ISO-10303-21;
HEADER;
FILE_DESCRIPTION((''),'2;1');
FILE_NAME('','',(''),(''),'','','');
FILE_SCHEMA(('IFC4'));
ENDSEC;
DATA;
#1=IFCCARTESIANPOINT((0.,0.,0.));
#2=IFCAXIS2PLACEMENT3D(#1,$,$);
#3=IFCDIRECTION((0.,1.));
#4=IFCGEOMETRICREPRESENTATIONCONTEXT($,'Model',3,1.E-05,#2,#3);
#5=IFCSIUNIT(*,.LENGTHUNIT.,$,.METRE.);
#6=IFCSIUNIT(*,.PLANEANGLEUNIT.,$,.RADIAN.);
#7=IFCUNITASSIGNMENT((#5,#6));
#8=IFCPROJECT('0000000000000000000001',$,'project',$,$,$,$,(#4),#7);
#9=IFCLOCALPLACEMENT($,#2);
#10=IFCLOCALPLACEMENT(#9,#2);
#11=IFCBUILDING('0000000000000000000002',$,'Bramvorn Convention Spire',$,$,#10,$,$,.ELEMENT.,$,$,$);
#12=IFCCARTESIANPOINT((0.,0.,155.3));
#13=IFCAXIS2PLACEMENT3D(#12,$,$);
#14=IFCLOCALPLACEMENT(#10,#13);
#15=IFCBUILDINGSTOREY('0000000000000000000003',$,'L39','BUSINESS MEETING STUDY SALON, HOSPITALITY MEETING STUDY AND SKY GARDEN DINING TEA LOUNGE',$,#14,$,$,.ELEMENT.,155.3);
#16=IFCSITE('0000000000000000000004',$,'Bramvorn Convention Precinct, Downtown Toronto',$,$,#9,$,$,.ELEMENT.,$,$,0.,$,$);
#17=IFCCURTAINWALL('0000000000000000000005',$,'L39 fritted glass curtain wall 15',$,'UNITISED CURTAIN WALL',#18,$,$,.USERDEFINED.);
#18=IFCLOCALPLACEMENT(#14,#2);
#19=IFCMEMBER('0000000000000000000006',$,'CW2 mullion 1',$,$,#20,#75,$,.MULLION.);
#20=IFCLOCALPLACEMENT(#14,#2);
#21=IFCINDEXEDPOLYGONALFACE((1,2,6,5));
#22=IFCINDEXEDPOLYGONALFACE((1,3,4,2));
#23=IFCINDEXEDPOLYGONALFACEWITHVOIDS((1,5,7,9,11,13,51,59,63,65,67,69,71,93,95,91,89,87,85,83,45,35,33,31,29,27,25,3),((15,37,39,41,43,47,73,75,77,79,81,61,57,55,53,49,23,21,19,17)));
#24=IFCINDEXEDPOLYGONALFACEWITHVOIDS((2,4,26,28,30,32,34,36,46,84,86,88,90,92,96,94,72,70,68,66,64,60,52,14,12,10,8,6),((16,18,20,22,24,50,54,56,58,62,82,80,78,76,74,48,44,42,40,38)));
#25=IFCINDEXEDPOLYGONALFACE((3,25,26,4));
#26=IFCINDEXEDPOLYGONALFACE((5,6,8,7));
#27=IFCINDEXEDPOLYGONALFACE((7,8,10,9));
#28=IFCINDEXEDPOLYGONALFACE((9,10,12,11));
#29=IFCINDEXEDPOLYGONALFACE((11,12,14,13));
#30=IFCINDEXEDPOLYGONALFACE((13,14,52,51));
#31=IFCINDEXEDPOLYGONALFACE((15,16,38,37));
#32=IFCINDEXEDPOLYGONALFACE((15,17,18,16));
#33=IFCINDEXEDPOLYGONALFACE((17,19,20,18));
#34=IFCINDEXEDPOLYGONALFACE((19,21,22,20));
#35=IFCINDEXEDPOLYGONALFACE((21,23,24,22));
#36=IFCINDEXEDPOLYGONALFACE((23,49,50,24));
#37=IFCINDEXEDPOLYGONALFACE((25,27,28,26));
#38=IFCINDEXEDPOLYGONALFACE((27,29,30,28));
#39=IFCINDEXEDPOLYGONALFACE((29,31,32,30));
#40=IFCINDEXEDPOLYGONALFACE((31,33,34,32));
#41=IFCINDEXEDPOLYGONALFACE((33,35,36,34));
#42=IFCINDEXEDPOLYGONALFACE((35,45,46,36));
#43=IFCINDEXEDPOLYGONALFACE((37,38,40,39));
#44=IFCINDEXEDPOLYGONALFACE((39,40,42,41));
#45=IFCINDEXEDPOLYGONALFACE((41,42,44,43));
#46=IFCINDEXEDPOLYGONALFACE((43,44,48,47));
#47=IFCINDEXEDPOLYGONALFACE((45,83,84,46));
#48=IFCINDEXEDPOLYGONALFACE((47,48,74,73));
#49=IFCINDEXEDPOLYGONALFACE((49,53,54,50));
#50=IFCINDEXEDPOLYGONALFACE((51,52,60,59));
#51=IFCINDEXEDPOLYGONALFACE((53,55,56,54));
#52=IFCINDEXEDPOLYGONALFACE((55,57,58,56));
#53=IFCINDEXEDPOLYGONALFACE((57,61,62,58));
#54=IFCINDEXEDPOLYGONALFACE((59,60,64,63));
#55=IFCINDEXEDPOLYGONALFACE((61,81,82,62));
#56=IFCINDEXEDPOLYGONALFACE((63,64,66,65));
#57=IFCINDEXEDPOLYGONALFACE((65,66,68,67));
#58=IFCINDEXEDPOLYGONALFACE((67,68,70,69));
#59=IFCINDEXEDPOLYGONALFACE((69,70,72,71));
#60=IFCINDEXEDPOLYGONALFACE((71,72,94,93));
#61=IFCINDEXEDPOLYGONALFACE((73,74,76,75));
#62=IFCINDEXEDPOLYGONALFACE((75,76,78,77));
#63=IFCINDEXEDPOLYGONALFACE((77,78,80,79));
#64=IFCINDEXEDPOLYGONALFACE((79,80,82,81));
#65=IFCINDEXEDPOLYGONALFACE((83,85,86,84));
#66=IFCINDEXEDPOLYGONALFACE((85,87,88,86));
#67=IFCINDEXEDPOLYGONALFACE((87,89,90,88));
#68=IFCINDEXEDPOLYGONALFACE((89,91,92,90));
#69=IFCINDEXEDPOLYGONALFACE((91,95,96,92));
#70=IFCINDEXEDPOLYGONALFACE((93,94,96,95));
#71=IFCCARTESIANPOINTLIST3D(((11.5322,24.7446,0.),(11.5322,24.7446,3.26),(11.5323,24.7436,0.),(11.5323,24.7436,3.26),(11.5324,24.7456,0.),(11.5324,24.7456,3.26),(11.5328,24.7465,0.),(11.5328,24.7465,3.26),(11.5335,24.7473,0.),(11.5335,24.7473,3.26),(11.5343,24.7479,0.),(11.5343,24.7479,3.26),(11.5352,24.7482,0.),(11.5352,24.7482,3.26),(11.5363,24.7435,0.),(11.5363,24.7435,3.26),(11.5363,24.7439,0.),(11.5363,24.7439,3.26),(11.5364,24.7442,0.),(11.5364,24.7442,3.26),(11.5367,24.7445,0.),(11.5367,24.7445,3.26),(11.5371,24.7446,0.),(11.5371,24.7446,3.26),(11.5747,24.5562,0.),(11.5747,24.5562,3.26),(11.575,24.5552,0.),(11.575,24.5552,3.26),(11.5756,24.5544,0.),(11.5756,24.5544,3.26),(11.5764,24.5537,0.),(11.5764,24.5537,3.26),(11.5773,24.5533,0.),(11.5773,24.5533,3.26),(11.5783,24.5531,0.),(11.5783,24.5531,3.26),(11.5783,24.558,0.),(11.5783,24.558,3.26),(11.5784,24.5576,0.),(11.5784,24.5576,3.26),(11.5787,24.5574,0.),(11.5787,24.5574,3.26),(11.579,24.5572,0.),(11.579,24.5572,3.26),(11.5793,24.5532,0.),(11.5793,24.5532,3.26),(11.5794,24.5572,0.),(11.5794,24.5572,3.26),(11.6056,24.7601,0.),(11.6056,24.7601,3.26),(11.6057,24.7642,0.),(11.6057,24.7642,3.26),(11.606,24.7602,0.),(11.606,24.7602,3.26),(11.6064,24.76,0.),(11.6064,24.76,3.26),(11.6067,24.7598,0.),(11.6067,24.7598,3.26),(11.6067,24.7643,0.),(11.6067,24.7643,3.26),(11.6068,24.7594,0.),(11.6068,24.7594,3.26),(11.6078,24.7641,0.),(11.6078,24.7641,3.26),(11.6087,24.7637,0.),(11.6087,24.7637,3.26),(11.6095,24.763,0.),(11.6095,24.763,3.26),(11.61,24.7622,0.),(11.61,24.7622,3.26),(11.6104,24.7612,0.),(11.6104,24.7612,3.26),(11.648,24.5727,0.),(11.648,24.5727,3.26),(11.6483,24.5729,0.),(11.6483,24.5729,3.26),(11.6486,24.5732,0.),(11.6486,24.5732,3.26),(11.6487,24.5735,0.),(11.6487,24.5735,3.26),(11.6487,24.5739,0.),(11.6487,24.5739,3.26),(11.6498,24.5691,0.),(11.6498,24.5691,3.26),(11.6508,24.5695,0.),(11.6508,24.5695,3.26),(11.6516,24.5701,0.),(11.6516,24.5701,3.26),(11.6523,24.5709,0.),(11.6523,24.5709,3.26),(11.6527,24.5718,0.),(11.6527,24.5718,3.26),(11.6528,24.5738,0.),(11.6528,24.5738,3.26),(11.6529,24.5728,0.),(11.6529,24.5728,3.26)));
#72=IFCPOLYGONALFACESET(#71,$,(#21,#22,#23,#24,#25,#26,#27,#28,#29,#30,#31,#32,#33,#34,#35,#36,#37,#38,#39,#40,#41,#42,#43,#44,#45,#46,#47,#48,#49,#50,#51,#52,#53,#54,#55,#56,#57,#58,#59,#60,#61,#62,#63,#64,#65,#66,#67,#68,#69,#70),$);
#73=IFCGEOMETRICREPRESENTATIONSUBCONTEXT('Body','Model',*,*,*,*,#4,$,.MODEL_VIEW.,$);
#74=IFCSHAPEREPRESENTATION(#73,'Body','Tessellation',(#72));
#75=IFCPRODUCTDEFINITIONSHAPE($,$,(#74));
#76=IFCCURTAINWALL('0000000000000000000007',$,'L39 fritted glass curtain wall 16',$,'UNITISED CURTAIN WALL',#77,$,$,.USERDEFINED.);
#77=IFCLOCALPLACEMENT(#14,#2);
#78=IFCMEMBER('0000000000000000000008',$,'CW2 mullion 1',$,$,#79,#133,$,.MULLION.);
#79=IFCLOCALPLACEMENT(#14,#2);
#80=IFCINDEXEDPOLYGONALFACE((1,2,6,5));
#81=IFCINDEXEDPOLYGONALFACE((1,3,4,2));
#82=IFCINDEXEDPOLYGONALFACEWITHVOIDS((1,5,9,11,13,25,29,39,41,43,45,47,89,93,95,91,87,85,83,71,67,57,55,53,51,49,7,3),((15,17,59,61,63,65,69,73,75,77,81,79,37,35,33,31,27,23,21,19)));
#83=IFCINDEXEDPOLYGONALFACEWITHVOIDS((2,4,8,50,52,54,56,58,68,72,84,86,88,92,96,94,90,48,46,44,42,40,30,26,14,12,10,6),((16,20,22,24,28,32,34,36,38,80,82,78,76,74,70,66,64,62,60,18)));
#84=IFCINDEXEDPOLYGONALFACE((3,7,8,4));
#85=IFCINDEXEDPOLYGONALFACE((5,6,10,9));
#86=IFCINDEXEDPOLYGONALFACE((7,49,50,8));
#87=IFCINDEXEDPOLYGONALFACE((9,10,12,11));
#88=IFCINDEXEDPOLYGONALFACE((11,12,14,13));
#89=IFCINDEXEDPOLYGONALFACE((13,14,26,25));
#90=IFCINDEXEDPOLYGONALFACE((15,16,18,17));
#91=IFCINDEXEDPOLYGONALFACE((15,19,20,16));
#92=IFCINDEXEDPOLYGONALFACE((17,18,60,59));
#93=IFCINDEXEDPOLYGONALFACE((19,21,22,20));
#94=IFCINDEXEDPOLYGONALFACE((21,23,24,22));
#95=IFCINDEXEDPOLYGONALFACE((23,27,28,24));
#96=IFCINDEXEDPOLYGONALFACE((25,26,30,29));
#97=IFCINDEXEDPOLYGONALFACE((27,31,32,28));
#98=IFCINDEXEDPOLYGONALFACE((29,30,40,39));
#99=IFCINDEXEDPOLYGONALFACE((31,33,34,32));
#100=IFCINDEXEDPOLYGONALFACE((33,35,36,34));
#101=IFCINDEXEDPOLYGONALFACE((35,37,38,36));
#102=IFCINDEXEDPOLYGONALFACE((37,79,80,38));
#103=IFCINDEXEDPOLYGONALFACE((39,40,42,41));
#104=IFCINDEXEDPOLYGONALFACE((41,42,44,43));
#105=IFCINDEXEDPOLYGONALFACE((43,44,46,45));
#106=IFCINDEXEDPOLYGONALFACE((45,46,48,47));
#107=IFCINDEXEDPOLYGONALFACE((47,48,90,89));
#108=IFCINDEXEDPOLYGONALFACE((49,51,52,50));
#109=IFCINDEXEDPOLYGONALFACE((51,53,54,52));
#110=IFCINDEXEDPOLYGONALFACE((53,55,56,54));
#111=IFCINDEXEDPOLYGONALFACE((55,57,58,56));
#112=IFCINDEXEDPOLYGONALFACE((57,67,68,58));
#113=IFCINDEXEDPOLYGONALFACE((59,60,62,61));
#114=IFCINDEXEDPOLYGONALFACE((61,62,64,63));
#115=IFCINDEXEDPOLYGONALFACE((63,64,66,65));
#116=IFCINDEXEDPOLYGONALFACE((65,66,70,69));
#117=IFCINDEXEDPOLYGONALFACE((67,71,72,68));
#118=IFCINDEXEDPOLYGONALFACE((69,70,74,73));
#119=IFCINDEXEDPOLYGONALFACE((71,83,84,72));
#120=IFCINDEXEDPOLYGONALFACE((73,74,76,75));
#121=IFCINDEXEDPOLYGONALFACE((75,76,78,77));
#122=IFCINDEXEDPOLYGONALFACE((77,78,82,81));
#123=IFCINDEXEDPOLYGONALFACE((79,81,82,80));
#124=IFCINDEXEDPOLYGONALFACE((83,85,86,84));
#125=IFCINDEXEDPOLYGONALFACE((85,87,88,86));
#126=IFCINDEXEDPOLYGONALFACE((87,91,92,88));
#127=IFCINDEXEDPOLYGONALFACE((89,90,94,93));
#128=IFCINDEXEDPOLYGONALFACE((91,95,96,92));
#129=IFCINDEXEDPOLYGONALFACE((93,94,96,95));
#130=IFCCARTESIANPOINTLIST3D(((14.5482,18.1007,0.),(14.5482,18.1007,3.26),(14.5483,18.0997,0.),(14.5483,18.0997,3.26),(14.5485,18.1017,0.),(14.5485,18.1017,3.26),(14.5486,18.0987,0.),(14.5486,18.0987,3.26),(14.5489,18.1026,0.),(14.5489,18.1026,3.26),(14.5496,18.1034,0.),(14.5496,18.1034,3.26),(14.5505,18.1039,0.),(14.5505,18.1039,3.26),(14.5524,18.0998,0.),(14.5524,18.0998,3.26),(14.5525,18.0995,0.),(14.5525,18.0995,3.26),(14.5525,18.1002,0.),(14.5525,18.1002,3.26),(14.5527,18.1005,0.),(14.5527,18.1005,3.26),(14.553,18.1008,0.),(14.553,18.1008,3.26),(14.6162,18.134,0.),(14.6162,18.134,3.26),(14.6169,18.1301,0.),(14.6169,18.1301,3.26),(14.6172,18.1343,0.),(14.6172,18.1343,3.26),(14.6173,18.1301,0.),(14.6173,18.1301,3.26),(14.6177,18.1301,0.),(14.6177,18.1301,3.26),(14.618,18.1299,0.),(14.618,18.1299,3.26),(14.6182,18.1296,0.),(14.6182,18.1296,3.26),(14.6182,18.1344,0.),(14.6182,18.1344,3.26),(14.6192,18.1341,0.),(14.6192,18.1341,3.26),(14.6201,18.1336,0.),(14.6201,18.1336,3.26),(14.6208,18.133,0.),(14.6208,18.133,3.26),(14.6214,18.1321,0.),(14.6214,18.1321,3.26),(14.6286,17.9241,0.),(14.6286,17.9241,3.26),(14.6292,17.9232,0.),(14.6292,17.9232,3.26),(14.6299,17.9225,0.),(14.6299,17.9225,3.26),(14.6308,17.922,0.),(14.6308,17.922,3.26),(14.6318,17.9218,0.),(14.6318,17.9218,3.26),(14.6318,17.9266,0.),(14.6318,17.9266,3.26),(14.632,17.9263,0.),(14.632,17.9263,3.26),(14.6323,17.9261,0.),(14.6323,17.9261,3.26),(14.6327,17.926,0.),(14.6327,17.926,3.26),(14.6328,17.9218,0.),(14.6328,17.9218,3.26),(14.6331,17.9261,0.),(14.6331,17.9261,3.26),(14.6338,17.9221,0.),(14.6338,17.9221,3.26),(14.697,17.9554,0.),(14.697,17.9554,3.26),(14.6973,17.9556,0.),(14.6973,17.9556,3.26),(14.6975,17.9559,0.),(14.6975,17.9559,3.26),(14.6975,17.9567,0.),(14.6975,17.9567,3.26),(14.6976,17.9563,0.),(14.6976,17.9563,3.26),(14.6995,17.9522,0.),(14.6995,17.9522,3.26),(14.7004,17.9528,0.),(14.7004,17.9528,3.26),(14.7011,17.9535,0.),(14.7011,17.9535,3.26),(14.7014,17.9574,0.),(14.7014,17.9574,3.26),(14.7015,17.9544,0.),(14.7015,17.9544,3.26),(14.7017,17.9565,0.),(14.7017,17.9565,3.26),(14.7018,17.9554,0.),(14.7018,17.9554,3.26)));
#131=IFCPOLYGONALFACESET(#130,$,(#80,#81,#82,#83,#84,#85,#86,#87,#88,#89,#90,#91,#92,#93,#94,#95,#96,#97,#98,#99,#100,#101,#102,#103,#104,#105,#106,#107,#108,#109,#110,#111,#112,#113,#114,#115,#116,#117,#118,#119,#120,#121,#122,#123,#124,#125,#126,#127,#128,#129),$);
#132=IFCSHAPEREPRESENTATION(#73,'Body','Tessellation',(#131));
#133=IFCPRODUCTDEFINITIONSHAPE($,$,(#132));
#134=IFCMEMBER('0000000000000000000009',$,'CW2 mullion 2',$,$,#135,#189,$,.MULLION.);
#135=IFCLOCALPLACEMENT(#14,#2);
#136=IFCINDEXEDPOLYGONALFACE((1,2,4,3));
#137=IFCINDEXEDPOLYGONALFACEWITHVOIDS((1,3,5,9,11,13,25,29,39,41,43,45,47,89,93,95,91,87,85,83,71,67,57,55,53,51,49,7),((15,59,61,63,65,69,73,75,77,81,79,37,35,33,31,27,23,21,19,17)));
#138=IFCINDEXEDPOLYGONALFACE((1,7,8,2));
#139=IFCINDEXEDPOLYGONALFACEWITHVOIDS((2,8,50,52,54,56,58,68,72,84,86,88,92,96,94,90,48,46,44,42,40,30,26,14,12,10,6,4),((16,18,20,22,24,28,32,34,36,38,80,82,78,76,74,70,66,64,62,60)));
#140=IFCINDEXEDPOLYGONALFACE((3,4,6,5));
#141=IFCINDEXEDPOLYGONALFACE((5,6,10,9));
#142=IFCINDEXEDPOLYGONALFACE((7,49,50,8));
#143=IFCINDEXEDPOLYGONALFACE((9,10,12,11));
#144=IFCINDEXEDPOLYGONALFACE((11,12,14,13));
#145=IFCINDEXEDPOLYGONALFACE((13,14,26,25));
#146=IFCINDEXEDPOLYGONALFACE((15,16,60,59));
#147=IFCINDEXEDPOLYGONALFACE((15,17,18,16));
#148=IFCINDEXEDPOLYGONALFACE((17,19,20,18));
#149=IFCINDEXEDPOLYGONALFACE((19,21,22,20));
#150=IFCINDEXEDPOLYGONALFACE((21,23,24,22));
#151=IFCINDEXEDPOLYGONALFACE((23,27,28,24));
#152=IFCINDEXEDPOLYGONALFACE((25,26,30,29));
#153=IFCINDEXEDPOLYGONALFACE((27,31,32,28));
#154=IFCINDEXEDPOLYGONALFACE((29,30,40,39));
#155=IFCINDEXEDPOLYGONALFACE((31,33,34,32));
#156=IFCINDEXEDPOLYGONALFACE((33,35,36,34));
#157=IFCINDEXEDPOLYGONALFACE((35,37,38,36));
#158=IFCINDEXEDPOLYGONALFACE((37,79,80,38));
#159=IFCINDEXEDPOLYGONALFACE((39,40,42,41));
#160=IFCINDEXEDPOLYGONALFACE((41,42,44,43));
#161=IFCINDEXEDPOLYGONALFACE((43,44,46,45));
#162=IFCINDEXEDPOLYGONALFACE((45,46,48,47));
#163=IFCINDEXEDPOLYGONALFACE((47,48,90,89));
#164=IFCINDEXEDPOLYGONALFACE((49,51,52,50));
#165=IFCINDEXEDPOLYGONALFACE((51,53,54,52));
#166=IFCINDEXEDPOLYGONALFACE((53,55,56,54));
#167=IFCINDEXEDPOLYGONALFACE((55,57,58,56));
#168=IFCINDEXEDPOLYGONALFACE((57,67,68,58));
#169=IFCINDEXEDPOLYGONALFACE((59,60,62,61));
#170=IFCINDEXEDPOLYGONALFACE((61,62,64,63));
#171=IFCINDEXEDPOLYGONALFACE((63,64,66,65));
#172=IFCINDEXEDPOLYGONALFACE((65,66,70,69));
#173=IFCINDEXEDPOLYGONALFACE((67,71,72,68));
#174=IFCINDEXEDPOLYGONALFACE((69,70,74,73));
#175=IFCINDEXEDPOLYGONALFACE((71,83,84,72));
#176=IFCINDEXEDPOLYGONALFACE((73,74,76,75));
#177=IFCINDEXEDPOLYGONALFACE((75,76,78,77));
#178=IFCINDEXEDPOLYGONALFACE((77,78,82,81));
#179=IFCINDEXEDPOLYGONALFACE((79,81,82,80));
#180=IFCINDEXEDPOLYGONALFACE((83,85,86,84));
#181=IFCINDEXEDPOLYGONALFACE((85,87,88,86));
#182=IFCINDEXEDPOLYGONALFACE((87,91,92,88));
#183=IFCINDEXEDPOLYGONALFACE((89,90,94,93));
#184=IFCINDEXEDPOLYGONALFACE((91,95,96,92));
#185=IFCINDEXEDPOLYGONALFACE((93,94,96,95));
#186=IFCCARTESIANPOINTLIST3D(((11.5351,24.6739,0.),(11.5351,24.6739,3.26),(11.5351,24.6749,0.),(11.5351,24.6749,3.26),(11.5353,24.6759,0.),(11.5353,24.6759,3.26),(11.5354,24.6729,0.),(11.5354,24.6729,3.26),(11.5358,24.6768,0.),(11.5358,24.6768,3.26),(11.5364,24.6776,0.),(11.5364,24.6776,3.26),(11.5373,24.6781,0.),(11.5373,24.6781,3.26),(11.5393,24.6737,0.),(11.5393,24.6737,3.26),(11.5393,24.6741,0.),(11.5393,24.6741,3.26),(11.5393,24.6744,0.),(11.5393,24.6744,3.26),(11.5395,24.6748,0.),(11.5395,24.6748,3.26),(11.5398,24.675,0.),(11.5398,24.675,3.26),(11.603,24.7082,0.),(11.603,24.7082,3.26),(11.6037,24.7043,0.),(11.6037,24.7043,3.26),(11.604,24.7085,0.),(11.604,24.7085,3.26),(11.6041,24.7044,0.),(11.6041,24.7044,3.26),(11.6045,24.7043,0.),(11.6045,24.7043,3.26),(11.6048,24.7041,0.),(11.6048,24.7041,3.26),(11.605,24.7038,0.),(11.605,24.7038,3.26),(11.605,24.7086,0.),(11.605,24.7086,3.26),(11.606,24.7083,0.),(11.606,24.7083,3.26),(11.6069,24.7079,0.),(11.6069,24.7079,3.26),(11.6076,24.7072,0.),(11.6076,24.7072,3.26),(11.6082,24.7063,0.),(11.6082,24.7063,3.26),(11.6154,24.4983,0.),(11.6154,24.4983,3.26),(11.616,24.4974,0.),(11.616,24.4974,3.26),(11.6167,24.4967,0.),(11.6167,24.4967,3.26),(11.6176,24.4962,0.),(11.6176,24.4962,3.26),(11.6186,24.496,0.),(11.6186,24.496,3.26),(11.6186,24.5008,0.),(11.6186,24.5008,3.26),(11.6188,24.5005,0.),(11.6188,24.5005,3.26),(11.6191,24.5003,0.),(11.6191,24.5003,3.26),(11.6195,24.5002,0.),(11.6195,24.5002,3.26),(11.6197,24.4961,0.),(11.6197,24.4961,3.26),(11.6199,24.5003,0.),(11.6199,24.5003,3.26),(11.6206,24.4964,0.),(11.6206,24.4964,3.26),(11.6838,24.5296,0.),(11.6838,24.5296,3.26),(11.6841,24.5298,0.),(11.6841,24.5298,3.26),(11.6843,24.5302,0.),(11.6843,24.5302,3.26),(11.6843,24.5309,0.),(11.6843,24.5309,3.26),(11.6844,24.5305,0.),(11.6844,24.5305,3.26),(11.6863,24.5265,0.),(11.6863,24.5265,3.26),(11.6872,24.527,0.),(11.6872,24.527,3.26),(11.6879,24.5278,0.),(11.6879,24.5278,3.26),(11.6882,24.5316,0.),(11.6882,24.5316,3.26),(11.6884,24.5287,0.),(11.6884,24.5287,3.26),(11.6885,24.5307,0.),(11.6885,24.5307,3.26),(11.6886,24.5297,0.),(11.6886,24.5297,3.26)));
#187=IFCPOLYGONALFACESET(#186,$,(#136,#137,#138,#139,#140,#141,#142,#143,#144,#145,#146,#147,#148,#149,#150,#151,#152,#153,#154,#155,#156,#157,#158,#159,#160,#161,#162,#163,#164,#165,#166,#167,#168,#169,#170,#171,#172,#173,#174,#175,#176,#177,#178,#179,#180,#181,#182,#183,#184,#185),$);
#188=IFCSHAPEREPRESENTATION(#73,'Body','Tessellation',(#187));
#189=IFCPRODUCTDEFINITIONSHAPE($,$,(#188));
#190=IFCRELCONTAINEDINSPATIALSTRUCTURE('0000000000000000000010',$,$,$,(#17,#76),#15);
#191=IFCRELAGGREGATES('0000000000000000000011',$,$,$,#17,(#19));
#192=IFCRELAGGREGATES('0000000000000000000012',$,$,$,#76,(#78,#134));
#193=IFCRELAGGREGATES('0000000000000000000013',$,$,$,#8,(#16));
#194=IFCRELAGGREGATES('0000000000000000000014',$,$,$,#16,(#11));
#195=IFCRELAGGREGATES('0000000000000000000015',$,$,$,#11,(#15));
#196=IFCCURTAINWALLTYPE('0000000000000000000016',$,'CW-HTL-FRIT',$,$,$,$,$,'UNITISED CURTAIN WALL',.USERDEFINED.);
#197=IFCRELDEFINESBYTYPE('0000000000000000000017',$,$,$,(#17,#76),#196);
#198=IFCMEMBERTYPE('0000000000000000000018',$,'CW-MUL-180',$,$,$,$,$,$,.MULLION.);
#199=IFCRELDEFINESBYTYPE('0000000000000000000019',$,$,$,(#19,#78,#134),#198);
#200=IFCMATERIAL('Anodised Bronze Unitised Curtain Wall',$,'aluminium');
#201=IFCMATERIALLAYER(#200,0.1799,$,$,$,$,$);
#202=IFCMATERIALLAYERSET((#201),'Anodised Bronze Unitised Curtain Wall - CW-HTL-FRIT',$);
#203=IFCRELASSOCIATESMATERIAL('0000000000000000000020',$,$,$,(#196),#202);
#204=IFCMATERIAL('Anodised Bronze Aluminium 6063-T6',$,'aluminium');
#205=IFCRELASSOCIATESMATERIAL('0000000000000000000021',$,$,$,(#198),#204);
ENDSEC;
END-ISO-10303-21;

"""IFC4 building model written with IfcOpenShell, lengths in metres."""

from ifc_helpers import new_model, si_unit, direction, frame, origin, origin_2d, place, context, subcontext, project, spatial, hollow_rectangle, extrude, material, layer, layer_set, material_profile, profile_set, type_object, element, aggregate, save


model = new_model("IFC4")

# Units and contexts
model_context = context("Model", 3, precision=1e-05, world=origin(), true_north=direction((0.0, 1.0)))
body_context = subcontext(model_context, "Body", "Model", "MODEL_VIEW")
ifc_project = project(units=[si_unit("LENGTHUNIT", "METRE"), si_unit("PLANEANGLEUNIT", "RADIAN")], contexts=[model_context])

# Site, building, storey
site_placement = place(None, origin())
site = spatial("IfcSite", under=ifc_project, at=site_placement, Name="Bramvorn Convention Precinct, Downtown Toronto", CompositionType="ELEMENT", RefElevation=0.0)
building_placement = place(site_placement, origin())
building = spatial("IfcBuilding", under=site, at=building_placement, Name="Bramvorn Convention Spire", CompositionType="ELEMENT")
storey_placement = place(building_placement, frame((0.0, 0.0, 155.3)))
storey = spatial("IfcBuildingStorey", under=building, at=storey_placement, Name="L39", Description="BUSINESS MEETING STUDY SALON, HOSPITALITY MEETING STUDY AND SKY GARDEN DINING TEA LOUNGE", CompositionType="ELEMENT", Elevation=155.3)

# Curtain wall, member
ifc_material_1 = material(Name="Anodised Bronze Unitised Curtain Wall", Category="aluminium")
ifc_layer_1 = layer(ifc_material_1, 0.1799)
ifc_layer_set_1 = layer_set([ifc_layer_1], Name="Anodised Bronze Unitised Curtain Wall - CW-HTL-FRIT")
curtain_wall_type = type_object("IfcCurtainWallType", Name="CW-HTL-FRIT", ElementType="UNITISED CURTAIN WALL", PredefinedType="USERDEFINED", material=ifc_layer_set_1)
curtain_wall_1_placement = place(storey_placement, origin())
curtain_wall_1 = element("IfcCurtainWall", 1, at=curtain_wall_1_placement, inside=storey, type_object=curtain_wall_type, Name="L39 fritted glass curtain wall 15", ObjectType="UNITISED CURTAIN WALL", PredefinedType="USERDEFINED")
ifc_material_2 = material(Name="Anodised Bronze Aluminium 6063-T6", Category="aluminium")
ifc_material_profile_1 = material_profile(ifc_material_2, hollow_rectangle(XDim=0.0801, YDim=0.2, WallThickness=0.0039, InnerFilletRadius=0.001, OuterFilletRadius=0.0039, at=origin_2d()))
ifc_profile_set_1 = profile_set([ifc_material_profile_1], Name="Anodised Bronze Aluminium 6063-T6 - CWM80X200")
member_type_1 = type_object("IfcMemberType", Name="CW-MUL-180", PredefinedType="MULLION", material=ifc_profile_set_1)
member_1_placement = place(storey_placement, frame((11.5925, 24.6587, 0.0), z_axis=(0.0, 0.0, 1.0), x_axis=(-0.975392, -0.220476, 0.0)))
member_1 = element("IfcMember", 2, at=member_1_placement, type_object=member_type_1, Name="CW2 mullion 1", PredefinedType="MULLION", context=body_context, shape_type="SweptSolid", body=[
    extrude(hollow_rectangle(XDim=0.0801, YDim=0.2, WallThickness=0.0039, InnerFilletRadius=0.001, OuterFilletRadius=0.0039, at=origin_2d()), origin(), (0.0, 0.0, 1.0), 3.26),
])

# Curtain wall, members
curtain_wall_2_placement = place(storey_placement, origin())
curtain_wall_2 = element("IfcCurtainWall", 3, at=curtain_wall_2_placement, inside=storey, type_object=curtain_wall_type, Name="L39 fritted glass curtain wall 16", ObjectType="UNITISED CURTAIN WALL", PredefinedType="USERDEFINED")
member_2_placement = place(storey_placement, frame((14.625, 18.0281, 0.0), z_axis=(0.0, 0.0, 1.0), x_axis=(-0.909057, -0.416671, 0.0)))
member_2 = element("IfcMember", 4, at=member_2_placement, type_object=member_type_1, Name="CW2 mullion 1", PredefinedType="MULLION", context=body_context, shape_type="SweptSolid", body=[
    extrude(hollow_rectangle(XDim=0.0801, YDim=0.2, WallThickness=0.0039, InnerFilletRadius=0.001, OuterFilletRadius=0.0039, at=origin_2d()), origin(), (0.0, 0.0, 1.0), 3.26),
])
member_3_placement = place(storey_placement, frame((11.6118, 24.6023, 0.0), z_axis=(0.0, 0.0, 1.0), x_axis=(-0.909057, -0.416671, 0.0)))
member_3 = element("IfcMember", 5, at=member_3_placement, type_object=member_type_1, Name="CW2 mullion 2", PredefinedType="MULLION", context=body_context, shape_type="SweptSolid", body=[
    extrude(hollow_rectangle(XDim=0.0801, YDim=0.2, WallThickness=0.0039, InnerFilletRadius=0.001, OuterFilletRadius=0.0039, at=origin_2d()), origin(), (0.0, 0.0, 1.0), 3.26),
])

aggregate(curtain_wall_1, [member_1])

aggregate(curtain_wall_2, [member_2, member_3])

save(model, "model.ifc")
